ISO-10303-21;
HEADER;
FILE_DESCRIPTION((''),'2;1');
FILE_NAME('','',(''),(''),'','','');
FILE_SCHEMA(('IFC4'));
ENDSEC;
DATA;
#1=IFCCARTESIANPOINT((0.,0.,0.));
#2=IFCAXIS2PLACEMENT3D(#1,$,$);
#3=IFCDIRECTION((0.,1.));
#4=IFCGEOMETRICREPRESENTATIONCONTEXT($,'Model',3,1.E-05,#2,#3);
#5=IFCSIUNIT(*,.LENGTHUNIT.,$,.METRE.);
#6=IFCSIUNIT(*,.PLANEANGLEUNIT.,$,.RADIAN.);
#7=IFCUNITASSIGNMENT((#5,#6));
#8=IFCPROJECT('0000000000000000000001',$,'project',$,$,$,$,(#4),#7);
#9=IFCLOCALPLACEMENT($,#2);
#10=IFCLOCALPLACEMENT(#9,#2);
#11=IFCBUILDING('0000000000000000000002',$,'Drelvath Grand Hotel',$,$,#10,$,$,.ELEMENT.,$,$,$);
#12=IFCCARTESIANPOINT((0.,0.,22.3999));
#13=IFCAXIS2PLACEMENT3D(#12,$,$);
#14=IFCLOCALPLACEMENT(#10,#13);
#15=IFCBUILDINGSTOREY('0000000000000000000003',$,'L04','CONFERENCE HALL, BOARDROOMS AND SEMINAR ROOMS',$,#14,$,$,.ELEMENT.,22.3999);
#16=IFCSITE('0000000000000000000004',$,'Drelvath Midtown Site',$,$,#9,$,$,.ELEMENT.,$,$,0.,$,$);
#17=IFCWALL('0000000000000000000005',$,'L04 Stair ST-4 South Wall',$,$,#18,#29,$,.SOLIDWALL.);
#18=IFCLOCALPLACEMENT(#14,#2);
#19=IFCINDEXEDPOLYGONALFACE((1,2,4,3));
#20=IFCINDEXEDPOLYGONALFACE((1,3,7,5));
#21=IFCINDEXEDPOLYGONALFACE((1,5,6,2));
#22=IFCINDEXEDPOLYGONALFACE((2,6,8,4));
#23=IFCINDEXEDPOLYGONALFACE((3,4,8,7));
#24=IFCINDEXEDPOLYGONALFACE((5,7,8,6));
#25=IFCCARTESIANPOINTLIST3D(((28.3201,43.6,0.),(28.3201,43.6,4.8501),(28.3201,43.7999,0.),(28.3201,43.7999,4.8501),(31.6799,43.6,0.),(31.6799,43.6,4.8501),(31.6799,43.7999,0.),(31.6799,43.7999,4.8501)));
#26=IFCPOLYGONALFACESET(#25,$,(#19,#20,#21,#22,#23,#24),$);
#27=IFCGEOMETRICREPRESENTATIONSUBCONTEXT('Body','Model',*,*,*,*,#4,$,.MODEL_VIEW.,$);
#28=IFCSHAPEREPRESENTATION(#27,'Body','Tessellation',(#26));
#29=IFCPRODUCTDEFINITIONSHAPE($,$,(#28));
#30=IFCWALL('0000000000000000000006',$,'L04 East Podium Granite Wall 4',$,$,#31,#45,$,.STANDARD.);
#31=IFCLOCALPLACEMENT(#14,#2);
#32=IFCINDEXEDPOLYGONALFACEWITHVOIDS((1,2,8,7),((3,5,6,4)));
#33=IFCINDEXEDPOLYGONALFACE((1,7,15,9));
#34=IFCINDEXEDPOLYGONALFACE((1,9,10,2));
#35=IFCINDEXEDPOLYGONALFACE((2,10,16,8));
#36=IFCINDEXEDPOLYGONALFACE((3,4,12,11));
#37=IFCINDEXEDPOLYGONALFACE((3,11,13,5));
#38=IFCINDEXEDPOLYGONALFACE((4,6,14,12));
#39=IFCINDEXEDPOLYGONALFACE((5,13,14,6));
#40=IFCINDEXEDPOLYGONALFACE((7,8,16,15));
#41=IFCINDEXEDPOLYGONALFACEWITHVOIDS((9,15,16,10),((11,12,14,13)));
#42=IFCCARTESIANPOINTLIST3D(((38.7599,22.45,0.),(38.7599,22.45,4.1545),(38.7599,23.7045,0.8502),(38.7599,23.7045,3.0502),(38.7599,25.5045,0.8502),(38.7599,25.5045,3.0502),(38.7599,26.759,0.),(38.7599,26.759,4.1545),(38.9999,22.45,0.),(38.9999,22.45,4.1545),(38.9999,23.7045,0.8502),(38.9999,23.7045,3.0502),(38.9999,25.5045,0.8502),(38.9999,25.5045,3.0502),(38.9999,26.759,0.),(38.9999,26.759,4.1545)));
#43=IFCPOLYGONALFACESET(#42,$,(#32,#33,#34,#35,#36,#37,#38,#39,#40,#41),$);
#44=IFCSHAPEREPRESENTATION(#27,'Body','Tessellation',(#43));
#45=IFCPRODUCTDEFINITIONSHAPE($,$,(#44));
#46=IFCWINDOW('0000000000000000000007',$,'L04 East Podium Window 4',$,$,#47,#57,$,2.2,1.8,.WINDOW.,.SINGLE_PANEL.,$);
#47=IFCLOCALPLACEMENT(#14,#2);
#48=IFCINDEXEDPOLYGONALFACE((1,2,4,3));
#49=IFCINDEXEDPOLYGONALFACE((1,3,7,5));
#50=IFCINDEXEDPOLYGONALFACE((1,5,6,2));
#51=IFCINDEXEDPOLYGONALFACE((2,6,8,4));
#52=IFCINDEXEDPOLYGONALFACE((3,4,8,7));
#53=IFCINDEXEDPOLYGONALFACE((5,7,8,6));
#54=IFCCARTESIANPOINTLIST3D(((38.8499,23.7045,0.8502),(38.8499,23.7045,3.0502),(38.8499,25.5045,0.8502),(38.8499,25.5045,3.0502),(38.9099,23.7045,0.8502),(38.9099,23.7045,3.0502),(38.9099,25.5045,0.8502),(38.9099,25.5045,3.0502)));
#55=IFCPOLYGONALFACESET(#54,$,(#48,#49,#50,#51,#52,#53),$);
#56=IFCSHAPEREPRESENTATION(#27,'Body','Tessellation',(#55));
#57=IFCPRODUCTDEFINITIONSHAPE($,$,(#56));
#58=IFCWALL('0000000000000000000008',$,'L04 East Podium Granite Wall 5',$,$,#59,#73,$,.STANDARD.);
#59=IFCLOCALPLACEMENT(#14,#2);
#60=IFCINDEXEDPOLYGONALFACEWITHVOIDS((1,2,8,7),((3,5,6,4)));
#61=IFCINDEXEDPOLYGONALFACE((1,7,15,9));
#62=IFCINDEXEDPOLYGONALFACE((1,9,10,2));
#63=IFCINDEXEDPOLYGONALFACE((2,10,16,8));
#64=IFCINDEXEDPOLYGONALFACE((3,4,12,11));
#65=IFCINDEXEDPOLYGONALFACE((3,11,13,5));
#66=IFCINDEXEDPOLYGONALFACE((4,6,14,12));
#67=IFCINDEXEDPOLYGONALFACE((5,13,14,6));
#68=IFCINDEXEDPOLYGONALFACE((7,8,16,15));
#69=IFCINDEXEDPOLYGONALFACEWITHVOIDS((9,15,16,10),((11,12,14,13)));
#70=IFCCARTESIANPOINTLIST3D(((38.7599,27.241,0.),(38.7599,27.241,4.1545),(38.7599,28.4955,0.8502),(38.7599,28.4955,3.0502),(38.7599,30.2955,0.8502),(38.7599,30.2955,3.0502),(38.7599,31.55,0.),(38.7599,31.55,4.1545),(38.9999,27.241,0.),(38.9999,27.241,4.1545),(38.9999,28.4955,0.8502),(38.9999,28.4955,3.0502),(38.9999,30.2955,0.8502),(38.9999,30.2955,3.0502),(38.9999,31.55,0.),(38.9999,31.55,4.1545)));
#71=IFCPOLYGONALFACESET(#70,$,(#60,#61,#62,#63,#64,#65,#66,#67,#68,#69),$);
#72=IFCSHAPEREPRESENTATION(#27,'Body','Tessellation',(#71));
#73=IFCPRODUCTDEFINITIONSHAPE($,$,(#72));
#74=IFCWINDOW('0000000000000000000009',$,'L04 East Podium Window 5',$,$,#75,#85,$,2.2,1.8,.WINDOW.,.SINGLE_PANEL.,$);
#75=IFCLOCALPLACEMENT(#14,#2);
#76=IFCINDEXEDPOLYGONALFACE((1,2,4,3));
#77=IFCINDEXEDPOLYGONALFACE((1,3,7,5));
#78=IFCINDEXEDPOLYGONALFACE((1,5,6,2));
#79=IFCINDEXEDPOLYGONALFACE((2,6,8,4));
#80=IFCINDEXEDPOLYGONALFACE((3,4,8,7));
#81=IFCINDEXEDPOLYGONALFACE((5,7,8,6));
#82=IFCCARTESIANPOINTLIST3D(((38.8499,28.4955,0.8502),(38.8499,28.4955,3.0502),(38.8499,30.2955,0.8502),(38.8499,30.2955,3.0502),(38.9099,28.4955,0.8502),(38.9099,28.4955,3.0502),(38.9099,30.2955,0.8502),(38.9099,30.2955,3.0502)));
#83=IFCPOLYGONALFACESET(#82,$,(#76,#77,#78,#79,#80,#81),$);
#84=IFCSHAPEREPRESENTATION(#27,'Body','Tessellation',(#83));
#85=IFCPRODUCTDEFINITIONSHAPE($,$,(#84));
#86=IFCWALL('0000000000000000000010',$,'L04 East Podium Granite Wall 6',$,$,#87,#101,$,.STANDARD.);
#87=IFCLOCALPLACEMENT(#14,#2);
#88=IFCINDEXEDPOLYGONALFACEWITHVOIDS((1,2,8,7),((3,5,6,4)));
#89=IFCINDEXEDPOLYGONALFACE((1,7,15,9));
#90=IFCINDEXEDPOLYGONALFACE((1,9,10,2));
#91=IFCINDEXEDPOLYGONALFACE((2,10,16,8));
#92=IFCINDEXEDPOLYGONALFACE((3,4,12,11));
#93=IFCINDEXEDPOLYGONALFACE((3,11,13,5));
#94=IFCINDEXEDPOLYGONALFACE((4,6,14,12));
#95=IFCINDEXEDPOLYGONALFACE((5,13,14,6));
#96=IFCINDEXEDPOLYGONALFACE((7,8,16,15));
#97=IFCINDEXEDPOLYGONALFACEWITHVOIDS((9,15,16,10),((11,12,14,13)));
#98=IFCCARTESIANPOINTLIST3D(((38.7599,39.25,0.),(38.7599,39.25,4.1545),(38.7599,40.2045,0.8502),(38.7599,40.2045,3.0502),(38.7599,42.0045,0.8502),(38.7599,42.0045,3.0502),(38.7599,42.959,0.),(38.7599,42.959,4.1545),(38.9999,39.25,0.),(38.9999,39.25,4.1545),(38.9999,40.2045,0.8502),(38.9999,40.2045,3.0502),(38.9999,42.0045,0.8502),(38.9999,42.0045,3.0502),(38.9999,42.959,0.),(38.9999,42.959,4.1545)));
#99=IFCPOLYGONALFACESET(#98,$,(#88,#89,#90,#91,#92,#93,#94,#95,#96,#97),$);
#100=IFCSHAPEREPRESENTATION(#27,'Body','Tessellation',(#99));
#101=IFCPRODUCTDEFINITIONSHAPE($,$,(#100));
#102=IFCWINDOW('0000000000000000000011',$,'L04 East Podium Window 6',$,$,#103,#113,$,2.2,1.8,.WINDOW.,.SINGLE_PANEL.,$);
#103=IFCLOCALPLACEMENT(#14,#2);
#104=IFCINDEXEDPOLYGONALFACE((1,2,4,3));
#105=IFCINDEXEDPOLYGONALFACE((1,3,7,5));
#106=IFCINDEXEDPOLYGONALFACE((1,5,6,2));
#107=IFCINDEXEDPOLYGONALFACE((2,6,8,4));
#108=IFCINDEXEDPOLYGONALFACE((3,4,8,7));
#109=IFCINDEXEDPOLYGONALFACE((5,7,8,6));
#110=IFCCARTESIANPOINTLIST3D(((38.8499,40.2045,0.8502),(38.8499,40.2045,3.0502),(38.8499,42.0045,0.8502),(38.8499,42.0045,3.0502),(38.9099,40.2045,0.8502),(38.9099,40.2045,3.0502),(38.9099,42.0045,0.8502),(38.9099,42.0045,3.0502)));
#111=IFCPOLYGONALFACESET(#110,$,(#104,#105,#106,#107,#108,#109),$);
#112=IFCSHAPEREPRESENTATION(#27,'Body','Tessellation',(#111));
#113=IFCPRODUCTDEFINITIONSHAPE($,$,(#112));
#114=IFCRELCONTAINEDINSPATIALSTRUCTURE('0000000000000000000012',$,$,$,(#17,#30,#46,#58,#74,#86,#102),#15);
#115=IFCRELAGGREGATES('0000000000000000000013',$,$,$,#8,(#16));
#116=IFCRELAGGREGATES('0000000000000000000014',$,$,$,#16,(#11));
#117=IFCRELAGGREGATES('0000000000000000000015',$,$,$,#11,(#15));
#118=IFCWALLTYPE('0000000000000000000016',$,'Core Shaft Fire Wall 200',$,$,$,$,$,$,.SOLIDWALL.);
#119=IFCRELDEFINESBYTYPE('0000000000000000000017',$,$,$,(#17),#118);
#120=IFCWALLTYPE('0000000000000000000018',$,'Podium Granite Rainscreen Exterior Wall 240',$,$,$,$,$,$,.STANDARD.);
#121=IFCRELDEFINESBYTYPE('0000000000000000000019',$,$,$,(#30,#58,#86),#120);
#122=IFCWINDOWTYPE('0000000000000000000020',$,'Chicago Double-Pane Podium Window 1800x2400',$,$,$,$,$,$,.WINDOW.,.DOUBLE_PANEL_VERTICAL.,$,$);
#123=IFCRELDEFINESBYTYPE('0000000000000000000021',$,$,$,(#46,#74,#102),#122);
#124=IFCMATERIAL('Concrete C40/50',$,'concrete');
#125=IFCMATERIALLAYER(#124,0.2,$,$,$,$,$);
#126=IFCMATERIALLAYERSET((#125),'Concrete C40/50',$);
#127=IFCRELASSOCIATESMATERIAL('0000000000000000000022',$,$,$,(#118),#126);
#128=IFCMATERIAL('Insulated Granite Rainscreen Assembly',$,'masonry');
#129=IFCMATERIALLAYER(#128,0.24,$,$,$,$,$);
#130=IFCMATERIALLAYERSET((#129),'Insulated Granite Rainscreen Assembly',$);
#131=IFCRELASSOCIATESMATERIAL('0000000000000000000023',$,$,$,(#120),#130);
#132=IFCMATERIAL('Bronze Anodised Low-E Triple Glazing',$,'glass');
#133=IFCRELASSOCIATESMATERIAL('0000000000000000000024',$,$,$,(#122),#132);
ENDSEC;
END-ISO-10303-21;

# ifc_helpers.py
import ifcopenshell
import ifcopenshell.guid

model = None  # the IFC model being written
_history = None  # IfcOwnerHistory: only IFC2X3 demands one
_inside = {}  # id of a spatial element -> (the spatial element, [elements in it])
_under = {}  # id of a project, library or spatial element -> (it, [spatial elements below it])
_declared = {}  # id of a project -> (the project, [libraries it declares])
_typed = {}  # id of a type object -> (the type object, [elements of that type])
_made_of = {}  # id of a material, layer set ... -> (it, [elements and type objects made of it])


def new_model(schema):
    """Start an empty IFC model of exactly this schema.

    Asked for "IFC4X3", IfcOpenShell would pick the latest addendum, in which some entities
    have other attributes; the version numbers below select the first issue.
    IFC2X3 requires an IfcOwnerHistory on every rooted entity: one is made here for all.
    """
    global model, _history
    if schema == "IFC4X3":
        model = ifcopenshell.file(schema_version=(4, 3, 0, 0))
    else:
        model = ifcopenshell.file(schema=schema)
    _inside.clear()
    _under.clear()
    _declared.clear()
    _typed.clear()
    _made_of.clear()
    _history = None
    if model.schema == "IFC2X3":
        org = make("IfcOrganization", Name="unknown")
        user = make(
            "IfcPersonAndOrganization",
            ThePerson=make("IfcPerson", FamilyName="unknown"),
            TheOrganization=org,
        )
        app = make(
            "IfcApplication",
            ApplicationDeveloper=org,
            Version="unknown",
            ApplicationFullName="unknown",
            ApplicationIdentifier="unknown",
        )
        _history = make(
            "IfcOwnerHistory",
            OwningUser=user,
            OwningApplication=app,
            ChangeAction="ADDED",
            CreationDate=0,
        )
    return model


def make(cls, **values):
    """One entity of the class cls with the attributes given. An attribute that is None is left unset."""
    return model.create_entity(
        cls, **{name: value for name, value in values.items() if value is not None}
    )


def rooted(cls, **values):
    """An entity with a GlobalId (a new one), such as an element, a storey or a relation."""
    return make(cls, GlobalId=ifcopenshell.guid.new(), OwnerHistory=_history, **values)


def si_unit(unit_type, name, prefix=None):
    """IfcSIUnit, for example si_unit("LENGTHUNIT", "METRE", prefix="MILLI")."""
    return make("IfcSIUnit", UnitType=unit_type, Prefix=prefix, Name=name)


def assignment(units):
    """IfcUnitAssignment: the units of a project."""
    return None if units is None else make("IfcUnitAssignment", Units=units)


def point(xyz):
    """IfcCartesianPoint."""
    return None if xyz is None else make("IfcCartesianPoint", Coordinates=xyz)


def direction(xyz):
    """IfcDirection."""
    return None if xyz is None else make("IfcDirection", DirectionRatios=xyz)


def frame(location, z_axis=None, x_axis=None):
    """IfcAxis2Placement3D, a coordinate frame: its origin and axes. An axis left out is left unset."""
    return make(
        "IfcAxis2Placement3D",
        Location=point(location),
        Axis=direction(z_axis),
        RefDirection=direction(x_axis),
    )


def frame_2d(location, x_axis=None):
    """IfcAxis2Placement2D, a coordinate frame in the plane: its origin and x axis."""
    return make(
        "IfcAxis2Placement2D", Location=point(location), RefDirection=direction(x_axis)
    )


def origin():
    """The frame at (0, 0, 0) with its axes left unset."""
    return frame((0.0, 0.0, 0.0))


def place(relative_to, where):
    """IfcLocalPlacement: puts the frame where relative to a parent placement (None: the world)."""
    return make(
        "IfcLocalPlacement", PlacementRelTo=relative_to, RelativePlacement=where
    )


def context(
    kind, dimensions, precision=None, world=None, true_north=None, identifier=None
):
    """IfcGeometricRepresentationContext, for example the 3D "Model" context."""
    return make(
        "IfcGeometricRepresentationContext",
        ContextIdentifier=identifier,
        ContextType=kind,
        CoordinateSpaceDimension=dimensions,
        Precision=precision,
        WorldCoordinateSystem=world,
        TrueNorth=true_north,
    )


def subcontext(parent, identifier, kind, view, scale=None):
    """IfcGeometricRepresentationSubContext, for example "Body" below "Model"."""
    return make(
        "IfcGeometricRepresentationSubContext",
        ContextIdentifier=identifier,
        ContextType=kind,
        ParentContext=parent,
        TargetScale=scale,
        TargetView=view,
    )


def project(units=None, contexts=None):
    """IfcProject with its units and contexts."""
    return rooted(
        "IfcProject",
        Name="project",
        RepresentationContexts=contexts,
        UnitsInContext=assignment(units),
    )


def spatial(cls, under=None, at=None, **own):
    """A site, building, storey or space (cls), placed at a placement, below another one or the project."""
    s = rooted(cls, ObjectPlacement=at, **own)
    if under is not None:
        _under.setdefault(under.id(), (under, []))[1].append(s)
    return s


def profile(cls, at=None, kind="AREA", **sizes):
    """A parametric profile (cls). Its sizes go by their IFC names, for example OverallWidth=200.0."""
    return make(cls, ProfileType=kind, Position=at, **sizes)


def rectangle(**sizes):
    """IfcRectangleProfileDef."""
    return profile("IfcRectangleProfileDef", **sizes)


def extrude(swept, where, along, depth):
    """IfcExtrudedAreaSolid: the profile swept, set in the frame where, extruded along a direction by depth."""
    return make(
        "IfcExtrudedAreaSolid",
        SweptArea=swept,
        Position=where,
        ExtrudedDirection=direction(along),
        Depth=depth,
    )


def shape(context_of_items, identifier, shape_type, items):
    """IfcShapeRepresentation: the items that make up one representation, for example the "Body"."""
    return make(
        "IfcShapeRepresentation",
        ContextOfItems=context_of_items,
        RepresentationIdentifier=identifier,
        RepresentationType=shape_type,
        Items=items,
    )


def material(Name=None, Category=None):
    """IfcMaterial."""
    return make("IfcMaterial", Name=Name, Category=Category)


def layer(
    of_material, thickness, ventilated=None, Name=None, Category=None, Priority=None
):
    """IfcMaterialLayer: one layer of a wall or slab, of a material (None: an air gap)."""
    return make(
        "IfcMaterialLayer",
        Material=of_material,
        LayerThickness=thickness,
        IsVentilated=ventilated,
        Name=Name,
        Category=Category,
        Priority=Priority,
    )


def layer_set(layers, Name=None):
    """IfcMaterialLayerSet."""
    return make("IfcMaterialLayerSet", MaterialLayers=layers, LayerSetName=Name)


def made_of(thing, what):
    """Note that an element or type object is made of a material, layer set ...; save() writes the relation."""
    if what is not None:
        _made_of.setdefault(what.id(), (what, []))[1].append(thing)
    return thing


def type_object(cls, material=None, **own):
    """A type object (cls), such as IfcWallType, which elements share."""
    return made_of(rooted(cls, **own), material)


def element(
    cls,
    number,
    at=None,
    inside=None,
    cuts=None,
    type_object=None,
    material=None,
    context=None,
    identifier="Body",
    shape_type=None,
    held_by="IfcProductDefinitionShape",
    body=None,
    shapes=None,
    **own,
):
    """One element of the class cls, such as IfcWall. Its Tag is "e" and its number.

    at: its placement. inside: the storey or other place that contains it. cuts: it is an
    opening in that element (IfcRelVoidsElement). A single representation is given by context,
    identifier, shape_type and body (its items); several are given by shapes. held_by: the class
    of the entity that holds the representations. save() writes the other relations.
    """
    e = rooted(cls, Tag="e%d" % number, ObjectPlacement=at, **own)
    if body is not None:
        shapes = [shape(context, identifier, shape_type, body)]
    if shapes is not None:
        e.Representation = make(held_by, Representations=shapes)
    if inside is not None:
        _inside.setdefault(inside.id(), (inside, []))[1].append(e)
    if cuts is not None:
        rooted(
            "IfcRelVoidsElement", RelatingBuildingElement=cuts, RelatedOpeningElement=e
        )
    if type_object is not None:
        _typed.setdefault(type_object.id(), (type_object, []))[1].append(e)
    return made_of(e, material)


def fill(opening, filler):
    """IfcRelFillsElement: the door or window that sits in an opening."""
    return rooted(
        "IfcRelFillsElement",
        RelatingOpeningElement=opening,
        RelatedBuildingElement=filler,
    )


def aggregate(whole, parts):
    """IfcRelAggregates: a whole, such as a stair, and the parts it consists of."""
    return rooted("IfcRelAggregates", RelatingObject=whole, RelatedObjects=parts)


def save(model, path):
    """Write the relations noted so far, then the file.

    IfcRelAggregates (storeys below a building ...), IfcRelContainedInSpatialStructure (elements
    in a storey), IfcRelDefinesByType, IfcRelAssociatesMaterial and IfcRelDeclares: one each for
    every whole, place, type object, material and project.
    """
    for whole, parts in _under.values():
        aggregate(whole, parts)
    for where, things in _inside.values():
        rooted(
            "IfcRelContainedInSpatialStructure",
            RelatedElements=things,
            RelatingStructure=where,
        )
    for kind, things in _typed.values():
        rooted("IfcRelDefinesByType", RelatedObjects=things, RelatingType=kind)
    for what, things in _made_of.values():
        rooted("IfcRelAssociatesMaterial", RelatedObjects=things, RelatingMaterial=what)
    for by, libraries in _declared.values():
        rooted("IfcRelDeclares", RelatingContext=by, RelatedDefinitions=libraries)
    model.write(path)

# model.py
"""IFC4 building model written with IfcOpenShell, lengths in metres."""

from ifc_helpers import new_model, si_unit, direction, frame, frame_2d, origin, place, context, subcontext, project, spatial, rectangle, extrude, material, layer, layer_set, type_object, element, fill, save


model = new_model("IFC4")

# Units and contexts
model_context = context("Model", 3, precision=1e-05, world=origin(), true_north=direction((0.0, 1.0)))
body_context = subcontext(model_context, "Body", "Model", "MODEL_VIEW")
ifc_project = project(units=[si_unit("LENGTHUNIT", "METRE"), si_unit("PLANEANGLEUNIT", "RADIAN")], contexts=[model_context])

# Site, building, storey
site_placement = place(None, origin())
site = spatial("IfcSite", under=ifc_project, at=site_placement, Name="Drelvath Midtown Site", CompositionType="ELEMENT", RefElevation=0.0)
building_placement = place(site_placement, origin())
building = spatial("IfcBuilding", under=site, at=building_placement, Name="Drelvath Grand Hotel", CompositionType="ELEMENT")
storey_placement = place(building_placement, frame((0.0, 0.0, 22.3999)))
storey = spatial("IfcBuildingStorey", under=building, at=storey_placement, Name="L04", Description="CONFERENCE HALL, BOARDROOMS AND SEMINAR ROOMS", CompositionType="ELEMENT", Elevation=22.3999)

# Shared definitions
ifc_material_1 = material(Name="Concrete C40/50", Category="concrete")
ifc_layer_1 = layer(ifc_material_1, 0.2)
ifc_layer_set_1 = layer_set([ifc_layer_1], Name="Concrete C40/50")
wall_type_1 = type_object("IfcWallType", Name="Core Shaft Fire Wall 200", PredefinedType="SOLIDWALL", material=ifc_layer_set_1)

# Wall
wall_1_placement = place(storey_placement, frame((28.3201, 43.7, 0.0), z_axis=(0.0, 0.0, 1.0), x_axis=(1.0, 0.0, 0.0)))
element("IfcWall", 1, at=wall_1_placement, inside=storey, type_object=wall_type_1, Name="L04 Stair ST-4 South Wall", PredefinedType="SOLIDWALL", context=body_context, shape_type="SweptSolid", body=[
    extrude(rectangle(XDim=3.3599, YDim=0.2, at=frame_2d((1.6799, 0.0))), origin(), (0.0, 0.0, 1.0), 4.8501),
])

# Walls, openings, windows
ifc_material_2 = material(Name="Insulated Granite Rainscreen Assembly", Category="masonry")
ifc_layer_2 = layer(ifc_material_2, 0.24)
ifc_layer_set_2 = layer_set([ifc_layer_2], Name="Insulated Granite Rainscreen Assembly")
wall_type_2 = type_object("IfcWallType", Name="Podium Granite Rainscreen Exterior Wall 240", PredefinedType="STANDARD", material=ifc_layer_set_2)
wall_2_placement = place(storey_placement, frame((38.8799, 26.759, 0.0), z_axis=(0.0, 0.0, 1.0), x_axis=(0.0, -1.0, 0.0)))
wall_2 = element("IfcWall", 2, at=wall_2_placement, inside=storey, type_object=wall_type_2, Name="L04 East Podium Granite Wall 4", PredefinedType="STANDARD", context=body_context, shape_type="SweptSolid", body=[
    extrude(rectangle(XDim=4.3091, YDim=0.24, at=frame_2d((2.1545, 0.0))), origin(), (0.0, 0.0, 1.0), 4.1545),
])
opening_1_placement = place(wall_2_placement, frame((1.2546, 0.0, 0.8501)))
opening_1 = element("IfcOpeningElement", 3, at=opening_1_placement, cuts=wall_2, PredefinedType="OPENING", context=body_context, shape_type="SweptSolid", body=[
    extrude(rectangle(XDim=1.8, YDim=2.2, at=frame_2d((0.8999, 1.1001))), frame((0.0, 0.1299, 0.0), z_axis=(0.0, -1.0, 0.0), x_axis=(1.0, 0.0, 0.0)), (0.0, 0.0, 1.0), 0.26),
])
ifc_material_3 = material(Name="Bronze Anodised Low-E Triple Glazing", Category="glass")
window_type = type_object("IfcWindowType", Name="Chicago Double-Pane Podium Window 1800x2400", PartitioningType="DOUBLE_PANEL_VERTICAL", PredefinedType="WINDOW", material=ifc_material_3)
window_1_placement = place(opening_1_placement, origin())
window_1 = element("IfcWindow", 4, at=window_1_placement, inside=storey, type_object=window_type, Name="L04 East Podium Window 4", OverallHeight=2.2, OverallWidth=1.8, PartitioningType="SINGLE_PANEL", PredefinedType="WINDOW", context=body_context, shape_type="SweptSolid", body=[
    extrude(rectangle(XDim=1.8, YDim=2.2, at=frame_2d((0.8999, 1.1001))), frame((0.0, 0.03, 0.0), z_axis=(0.0, -1.0, 0.0), x_axis=(1.0, 0.0, 0.0)), (0.0, 0.0, 1.0), 0.0601),
])
fill(opening_1, window_1)
wall_3_placement = place(storey_placement, frame((38.8799, 31.55, 0.0), z_axis=(0.0, 0.0, 1.0), x_axis=(0.0, -1.0, 0.0)))
wall_3 = element("IfcWall", 5, at=wall_3_placement, inside=storey, type_object=wall_type_2, Name="L04 East Podium Granite Wall 5", PredefinedType="STANDARD", context=body_context, shape_type="SweptSolid", body=[
    extrude(rectangle(XDim=4.3091, YDim=0.24, at=frame_2d((2.1545, 0.0))), origin(), (0.0, 0.0, 1.0), 4.1545),
])
opening_2_placement = place(wall_3_placement, frame((1.2546, 0.0, 0.8501)))
opening_2 = element("IfcOpeningElement", 6, at=opening_2_placement, cuts=wall_3, PredefinedType="OPENING", context=body_context, shape_type="SweptSolid", body=[
    extrude(rectangle(XDim=1.8, YDim=2.2, at=frame_2d((0.8999, 1.1001))), frame((0.0, 0.1299, 0.0), z_axis=(0.0, -1.0, 0.0), x_axis=(1.0, 0.0, 0.0)), (0.0, 0.0, 1.0), 0.26),
])
window_2_placement = place(opening_2_placement, origin())
window_2 = element("IfcWindow", 7, at=window_2_placement, inside=storey, type_object=window_type, Name="L04 East Podium Window 5", OverallHeight=2.2, OverallWidth=1.8, PartitioningType="SINGLE_PANEL", PredefinedType="WINDOW", context=body_context, shape_type="SweptSolid", body=[
    extrude(rectangle(XDim=1.8, YDim=2.2, at=frame_2d((0.8999, 1.1001))), frame((0.0, 0.03, 0.0), z_axis=(0.0, -1.0, 0.0), x_axis=(1.0, 0.0, 0.0)), (0.0, 0.0, 1.0), 0.0601),
])
fill(opening_2, window_2)
wall_4_placement = place(storey_placement, frame((38.8799, 42.959, 0.0), z_axis=(0.0, 0.0, 1.0), x_axis=(0.0, -1.0, 0.0)))
wall_4 = element("IfcWall", 8, at=wall_4_placement, inside=storey, type_object=wall_type_2, Name="L04 East Podium Granite Wall 6", PredefinedType="STANDARD", context=body_context, shape_type="SweptSolid", body=[
    extrude(rectangle(XDim=3.709, YDim=0.24, at=frame_2d((1.8545, 0.0))), origin(), (0.0, 0.0, 1.0), 4.1545),
])
opening_3_placement = place(wall_4_placement, frame((0.9546, 0.0, 0.8501)))
opening_3 = element("IfcOpeningElement", 9, at=opening_3_placement, cuts=wall_4, PredefinedType="OPENING", context=body_context, shape_type="SweptSolid", body=[
    extrude(rectangle(XDim=1.8, YDim=2.2, at=frame_2d((0.8999, 1.1001))), frame((0.0, 0.1299, 0.0), z_axis=(0.0, -1.0, 0.0), x_axis=(1.0, 0.0, 0.0)), (0.0, 0.0, 1.0), 0.26),
])
window_3_placement = place(opening_3_placement, origin())
window_3 = element("IfcWindow", 10, at=window_3_placement, inside=storey, type_object=window_type, Name="L04 East Podium Window 6", OverallHeight=2.2, OverallWidth=1.8, PartitioningType="SINGLE_PANEL", PredefinedType="WINDOW", context=body_context, shape_type="SweptSolid", body=[
    extrude(rectangle(XDim=1.8, YDim=2.2, at=frame_2d((0.8999, 1.1001))), frame((0.0, 0.03, 0.0), z_axis=(0.0, -1.0, 0.0), x_axis=(1.0, 0.0, 0.0)), (0.0, 0.0, 1.0), 0.0601),
])
fill(opening_3, window_3)

save(model, "model.ifc")
